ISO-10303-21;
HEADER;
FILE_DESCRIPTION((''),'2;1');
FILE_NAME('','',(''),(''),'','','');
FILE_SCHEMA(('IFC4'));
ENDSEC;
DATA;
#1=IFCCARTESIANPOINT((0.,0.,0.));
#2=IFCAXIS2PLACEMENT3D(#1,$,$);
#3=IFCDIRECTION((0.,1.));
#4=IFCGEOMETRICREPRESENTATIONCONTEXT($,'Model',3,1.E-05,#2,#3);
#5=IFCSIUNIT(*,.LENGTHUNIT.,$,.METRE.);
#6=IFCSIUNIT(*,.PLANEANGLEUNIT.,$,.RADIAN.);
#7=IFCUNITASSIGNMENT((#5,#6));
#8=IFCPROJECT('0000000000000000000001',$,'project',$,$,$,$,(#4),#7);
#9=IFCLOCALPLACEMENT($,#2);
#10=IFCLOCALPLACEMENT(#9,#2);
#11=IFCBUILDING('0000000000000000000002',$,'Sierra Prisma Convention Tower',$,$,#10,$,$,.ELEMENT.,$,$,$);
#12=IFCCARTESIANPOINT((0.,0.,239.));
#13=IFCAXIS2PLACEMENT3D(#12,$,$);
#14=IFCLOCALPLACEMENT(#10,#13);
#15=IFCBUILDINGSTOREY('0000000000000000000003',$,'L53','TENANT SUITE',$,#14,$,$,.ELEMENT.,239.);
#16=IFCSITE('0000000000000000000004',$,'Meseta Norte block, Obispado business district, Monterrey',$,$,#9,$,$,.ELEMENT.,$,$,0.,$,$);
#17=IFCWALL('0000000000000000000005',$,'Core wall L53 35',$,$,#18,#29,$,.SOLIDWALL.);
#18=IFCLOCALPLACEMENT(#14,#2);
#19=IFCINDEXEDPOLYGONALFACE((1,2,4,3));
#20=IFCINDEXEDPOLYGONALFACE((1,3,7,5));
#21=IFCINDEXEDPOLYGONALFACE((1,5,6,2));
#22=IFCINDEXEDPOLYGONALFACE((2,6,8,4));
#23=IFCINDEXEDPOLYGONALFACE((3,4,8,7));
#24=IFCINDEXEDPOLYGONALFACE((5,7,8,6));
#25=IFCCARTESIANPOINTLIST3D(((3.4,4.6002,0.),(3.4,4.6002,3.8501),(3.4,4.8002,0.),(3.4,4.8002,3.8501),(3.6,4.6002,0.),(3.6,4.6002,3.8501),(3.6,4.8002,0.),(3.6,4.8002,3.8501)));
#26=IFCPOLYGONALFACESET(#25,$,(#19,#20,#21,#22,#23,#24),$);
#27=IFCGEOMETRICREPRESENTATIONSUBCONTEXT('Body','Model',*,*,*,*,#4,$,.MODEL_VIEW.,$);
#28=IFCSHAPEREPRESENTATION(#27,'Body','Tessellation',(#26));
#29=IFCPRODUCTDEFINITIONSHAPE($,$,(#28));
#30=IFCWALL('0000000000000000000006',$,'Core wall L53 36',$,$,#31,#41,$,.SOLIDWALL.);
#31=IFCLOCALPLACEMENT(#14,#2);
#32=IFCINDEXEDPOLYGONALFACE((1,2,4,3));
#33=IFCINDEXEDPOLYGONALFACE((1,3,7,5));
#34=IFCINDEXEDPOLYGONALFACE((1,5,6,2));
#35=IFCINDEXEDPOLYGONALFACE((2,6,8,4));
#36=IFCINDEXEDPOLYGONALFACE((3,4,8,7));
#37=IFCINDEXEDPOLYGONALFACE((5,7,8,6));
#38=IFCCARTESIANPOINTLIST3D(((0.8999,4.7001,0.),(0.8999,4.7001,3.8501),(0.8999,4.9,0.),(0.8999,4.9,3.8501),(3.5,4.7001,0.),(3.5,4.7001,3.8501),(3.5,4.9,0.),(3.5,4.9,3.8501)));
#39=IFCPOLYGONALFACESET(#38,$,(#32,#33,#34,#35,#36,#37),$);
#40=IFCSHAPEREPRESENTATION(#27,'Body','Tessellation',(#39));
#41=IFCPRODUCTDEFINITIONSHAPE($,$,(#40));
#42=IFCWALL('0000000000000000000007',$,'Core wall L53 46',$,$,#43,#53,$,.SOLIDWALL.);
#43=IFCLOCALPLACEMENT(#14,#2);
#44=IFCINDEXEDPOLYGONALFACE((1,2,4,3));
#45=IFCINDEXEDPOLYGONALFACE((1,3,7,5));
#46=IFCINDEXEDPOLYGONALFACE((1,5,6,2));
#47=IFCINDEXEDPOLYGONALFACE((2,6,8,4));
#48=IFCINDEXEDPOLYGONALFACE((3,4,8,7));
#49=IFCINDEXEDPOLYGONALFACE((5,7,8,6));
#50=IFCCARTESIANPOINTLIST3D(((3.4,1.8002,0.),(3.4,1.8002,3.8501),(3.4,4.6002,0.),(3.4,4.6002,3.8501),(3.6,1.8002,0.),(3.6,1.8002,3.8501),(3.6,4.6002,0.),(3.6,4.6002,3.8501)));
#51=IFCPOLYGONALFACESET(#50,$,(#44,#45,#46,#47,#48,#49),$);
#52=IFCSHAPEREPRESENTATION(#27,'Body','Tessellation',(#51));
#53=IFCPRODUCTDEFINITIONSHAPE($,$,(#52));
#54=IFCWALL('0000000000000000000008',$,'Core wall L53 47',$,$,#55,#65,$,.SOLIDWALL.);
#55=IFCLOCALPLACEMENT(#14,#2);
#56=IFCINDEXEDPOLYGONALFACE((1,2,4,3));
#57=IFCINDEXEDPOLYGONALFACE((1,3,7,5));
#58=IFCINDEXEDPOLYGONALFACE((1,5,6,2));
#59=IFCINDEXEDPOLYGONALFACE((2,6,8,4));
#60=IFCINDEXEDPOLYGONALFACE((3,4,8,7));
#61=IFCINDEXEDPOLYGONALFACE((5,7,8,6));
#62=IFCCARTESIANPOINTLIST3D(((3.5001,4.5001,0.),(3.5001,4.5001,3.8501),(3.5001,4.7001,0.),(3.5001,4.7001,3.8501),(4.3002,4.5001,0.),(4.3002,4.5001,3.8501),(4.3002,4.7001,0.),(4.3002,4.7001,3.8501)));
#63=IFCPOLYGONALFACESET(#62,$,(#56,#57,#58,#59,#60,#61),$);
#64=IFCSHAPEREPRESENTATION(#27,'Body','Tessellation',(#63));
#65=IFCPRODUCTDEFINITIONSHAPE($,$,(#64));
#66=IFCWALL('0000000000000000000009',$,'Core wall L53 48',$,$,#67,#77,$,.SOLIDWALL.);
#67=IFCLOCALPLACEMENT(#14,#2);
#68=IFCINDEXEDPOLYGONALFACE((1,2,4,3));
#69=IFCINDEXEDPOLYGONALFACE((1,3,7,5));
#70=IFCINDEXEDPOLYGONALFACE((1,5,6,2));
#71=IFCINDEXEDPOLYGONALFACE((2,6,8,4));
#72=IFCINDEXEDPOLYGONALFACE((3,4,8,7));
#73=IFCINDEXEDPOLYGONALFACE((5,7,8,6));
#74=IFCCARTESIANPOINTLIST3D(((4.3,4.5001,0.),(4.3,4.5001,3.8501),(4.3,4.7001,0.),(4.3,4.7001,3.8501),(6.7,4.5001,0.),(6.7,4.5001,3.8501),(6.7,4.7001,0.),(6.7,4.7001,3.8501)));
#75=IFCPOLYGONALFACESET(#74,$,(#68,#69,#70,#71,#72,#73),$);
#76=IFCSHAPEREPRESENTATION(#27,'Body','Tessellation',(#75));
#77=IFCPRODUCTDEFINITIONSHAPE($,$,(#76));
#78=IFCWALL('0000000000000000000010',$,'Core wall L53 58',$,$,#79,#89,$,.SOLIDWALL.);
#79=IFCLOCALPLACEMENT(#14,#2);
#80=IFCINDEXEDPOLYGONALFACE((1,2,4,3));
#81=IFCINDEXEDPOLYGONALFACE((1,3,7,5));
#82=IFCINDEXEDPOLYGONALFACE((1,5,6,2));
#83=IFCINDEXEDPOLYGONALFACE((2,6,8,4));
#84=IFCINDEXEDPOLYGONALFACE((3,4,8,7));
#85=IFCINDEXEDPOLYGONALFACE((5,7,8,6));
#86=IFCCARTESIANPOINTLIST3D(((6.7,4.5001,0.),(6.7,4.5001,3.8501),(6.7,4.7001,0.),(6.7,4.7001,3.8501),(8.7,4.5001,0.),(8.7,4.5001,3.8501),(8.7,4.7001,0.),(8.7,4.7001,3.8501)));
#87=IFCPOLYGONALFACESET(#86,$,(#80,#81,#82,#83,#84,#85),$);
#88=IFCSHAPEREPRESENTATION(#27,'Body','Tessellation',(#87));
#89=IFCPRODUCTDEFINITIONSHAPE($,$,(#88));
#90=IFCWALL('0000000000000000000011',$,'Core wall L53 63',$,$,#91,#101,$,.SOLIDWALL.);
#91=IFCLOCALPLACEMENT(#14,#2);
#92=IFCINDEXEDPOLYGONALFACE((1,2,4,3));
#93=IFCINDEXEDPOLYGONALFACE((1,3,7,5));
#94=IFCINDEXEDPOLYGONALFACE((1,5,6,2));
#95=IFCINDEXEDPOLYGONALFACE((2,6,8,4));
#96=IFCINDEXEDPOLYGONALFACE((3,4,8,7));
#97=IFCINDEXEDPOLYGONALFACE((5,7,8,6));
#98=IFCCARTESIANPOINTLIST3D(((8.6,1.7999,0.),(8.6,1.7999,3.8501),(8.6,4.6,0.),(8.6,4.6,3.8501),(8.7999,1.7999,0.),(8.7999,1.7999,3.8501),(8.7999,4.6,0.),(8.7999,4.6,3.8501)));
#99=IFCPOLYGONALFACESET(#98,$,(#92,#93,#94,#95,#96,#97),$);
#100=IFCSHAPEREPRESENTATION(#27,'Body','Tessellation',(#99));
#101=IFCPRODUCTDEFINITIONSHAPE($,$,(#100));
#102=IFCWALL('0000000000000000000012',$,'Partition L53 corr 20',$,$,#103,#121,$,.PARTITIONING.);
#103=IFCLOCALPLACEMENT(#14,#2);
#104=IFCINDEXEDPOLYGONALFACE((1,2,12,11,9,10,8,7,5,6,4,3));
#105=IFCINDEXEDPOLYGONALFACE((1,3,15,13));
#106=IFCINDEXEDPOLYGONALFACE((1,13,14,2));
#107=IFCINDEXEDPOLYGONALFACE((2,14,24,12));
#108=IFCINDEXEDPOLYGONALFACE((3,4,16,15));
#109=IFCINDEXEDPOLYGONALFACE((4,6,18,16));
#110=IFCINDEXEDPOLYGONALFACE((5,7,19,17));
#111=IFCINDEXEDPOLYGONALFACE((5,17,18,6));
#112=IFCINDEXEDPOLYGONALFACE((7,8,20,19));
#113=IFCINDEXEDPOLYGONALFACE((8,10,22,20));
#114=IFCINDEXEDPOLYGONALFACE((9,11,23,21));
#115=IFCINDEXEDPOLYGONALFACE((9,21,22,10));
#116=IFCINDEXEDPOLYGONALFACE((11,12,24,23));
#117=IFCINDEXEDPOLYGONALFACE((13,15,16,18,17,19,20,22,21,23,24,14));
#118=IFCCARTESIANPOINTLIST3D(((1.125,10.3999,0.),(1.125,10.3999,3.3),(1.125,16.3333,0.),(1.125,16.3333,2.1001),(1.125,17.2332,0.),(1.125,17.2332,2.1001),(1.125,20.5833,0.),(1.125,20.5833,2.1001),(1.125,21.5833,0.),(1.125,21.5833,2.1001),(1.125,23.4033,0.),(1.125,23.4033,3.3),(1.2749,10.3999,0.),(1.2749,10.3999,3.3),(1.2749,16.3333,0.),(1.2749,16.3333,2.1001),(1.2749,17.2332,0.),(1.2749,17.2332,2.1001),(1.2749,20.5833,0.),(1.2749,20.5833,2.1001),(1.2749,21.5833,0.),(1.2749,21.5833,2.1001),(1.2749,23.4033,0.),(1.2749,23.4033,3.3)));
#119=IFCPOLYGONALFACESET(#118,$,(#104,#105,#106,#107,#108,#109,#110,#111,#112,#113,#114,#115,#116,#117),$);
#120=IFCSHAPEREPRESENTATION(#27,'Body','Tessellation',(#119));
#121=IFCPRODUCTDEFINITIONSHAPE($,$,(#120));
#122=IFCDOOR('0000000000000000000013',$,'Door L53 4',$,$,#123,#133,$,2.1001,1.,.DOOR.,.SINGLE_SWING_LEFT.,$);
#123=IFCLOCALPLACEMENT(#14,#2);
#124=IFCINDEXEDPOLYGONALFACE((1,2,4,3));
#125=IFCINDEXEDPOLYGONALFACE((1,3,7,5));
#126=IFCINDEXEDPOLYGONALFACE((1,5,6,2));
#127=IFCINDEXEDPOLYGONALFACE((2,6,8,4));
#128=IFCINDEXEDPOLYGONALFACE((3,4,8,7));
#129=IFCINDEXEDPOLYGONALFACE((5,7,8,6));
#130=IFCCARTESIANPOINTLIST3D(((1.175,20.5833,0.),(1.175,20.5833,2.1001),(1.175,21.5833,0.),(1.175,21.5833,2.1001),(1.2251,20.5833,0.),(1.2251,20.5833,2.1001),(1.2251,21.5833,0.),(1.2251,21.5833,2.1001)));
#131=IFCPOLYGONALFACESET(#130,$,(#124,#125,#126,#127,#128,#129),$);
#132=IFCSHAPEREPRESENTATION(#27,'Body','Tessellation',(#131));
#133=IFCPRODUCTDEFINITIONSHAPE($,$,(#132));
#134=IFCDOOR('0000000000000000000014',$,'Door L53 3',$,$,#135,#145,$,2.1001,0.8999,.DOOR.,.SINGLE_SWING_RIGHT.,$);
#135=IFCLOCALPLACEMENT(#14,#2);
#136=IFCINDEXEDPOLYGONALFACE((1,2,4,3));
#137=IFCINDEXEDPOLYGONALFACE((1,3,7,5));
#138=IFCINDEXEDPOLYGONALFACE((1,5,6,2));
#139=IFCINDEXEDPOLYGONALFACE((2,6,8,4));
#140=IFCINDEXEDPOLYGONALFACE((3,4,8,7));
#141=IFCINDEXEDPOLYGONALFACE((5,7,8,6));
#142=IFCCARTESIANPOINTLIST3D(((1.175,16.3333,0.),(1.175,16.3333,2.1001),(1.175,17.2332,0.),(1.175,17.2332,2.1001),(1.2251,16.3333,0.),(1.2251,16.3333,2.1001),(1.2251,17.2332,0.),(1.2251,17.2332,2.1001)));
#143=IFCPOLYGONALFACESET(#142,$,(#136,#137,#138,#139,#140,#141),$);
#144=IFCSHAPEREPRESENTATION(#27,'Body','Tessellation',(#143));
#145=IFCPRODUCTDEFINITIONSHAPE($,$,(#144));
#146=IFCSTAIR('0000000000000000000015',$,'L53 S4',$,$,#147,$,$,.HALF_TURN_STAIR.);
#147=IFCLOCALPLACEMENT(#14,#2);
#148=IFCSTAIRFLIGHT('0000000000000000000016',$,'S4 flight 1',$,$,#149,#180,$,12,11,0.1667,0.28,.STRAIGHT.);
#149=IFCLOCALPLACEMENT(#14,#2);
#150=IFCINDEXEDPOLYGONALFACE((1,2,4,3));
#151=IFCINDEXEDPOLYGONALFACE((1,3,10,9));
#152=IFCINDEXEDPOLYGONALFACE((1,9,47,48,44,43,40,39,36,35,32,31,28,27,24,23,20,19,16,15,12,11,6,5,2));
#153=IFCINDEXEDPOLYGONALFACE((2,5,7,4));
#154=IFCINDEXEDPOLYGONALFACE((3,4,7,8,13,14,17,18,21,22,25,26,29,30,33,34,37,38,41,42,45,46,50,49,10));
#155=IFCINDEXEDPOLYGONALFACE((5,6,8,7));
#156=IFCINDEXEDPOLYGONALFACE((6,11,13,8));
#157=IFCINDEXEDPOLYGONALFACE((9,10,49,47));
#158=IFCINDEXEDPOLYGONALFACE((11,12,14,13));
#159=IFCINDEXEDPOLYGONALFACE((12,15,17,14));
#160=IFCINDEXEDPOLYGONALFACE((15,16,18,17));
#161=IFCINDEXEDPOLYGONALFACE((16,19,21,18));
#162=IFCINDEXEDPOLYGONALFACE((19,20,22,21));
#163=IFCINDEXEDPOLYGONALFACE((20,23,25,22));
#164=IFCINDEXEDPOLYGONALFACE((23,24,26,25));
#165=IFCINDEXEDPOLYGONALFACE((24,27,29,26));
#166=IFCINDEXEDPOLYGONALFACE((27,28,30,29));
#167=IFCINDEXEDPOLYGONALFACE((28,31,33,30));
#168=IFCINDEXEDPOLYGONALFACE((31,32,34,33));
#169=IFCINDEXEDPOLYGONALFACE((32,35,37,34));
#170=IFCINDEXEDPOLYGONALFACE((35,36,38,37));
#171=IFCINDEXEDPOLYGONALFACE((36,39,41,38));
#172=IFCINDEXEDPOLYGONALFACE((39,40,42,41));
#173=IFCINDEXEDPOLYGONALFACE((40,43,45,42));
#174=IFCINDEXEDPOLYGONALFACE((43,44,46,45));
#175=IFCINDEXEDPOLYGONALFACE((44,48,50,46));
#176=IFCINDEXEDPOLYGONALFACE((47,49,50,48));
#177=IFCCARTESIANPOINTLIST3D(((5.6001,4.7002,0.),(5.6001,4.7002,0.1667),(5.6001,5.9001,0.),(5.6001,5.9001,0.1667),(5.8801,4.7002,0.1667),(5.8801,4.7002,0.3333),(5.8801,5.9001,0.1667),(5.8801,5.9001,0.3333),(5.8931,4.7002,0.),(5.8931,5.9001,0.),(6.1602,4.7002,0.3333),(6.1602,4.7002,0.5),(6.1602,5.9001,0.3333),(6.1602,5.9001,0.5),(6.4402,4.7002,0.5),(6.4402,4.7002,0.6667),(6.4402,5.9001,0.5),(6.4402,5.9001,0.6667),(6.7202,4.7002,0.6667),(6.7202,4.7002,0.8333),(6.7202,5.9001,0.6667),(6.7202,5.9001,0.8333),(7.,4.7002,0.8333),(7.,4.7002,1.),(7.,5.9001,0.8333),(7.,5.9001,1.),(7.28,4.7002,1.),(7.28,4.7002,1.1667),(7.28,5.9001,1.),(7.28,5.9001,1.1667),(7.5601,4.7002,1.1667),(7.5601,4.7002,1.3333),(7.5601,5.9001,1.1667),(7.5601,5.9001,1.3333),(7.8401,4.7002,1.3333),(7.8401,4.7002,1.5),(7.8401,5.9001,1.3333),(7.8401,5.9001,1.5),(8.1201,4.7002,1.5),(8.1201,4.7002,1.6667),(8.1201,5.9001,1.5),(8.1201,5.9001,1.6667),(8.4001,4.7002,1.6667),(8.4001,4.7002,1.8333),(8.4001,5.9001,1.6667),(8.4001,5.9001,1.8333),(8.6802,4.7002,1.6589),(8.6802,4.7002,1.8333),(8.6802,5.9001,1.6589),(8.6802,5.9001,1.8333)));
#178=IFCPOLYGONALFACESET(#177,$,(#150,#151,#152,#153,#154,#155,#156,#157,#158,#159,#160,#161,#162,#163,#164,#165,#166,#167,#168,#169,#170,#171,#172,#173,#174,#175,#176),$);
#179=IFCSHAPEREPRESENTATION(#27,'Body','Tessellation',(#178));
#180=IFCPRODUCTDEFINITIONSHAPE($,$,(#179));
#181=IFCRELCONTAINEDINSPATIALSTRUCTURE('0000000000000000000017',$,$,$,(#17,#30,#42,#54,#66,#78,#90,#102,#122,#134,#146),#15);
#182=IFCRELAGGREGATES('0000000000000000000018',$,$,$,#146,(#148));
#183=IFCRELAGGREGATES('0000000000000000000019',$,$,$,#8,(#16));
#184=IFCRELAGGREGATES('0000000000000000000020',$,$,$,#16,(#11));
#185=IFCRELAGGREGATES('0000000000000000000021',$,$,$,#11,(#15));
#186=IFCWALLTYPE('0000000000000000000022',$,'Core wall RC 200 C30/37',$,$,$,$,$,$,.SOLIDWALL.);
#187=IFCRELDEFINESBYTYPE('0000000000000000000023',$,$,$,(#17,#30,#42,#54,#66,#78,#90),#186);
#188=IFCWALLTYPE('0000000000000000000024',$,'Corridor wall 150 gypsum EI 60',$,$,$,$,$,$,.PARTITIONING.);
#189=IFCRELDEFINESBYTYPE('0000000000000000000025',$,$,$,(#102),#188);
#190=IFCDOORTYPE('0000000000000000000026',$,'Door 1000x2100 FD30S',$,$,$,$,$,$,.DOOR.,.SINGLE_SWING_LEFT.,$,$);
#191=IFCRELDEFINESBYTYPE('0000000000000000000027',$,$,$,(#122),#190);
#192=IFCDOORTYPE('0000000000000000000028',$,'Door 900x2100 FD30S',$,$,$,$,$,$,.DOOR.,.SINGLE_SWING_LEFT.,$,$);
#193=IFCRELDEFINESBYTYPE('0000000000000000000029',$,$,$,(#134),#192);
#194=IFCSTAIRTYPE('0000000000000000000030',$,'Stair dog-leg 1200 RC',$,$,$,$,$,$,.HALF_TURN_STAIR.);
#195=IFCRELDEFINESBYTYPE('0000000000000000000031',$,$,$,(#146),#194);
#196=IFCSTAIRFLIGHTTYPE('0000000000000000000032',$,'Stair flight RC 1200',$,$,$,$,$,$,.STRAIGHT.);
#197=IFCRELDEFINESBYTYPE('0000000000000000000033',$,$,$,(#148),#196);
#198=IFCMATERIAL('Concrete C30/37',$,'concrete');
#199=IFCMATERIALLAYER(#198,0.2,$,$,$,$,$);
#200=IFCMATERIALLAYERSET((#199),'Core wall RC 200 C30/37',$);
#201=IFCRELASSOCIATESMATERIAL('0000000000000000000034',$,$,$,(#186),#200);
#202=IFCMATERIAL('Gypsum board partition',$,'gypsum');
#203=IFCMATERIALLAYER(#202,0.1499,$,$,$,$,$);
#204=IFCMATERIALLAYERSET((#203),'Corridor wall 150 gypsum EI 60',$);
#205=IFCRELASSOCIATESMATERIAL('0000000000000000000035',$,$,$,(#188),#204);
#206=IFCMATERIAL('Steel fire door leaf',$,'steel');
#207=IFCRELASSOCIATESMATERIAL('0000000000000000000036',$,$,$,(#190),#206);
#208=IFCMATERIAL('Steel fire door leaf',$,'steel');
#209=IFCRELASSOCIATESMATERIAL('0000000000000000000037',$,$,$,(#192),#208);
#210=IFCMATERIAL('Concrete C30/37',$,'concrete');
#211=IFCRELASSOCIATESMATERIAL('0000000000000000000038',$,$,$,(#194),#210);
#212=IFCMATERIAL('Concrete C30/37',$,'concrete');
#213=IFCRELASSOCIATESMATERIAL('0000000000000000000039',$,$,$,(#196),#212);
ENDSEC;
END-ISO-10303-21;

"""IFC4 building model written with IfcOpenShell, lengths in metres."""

from ifc_helpers import new_model, si_unit, direction, frame, frame_2d, origin, place, context, subcontext, project, spatial, polyline, rectangle, outline, extrude, material, layer, layer_set, type_object, element, fill, aggregate, save


model = new_model("IFC4")

# Units and contexts
model_context = context("Model", 3, precision=1e-05, world=origin(), true_north=direction((0.0, 1.0)))
body_context = subcontext(model_context, "Body", "Model", "MODEL_VIEW")
ifc_project = project(units=[si_unit("LENGTHUNIT", "METRE"), si_unit("PLANEANGLEUNIT", "RADIAN")], contexts=[model_context])

# Site, building, storey
site_placement = place(None, origin())
site = spatial("IfcSite", under=ifc_project, at=site_placement, Name="Meseta Norte block, Obispado business district, Monterrey", CompositionType="ELEMENT", RefElevation=0.0)
building_placement = place(site_placement, origin())
building = spatial("IfcBuilding", under=site, at=building_placement, Name="Sierra Prisma Convention Tower", CompositionType="ELEMENT")
storey_placement = place(building_placement, frame((0.0, 0.0, 239.0)))
storey = spatial("IfcBuildingStorey", under=building, at=storey_placement, Name="L53", Description="TENANT SUITE", CompositionType="ELEMENT", Elevation=239.0)

# Walls
ifc_material_1 = material(Name="Concrete C30/37", Category="concrete")
ifc_layer_1 = layer(ifc_material_1, 0.2)
ifc_layer_set_1 = layer_set([ifc_layer_1], Name="Core wall RC 200 C30/37")
wall_type_1 = type_object("IfcWallType", Name="Core wall RC 200 C30/37", PredefinedType="SOLIDWALL", material=ifc_layer_set_1)
wall_1_placement = place(storey_placement, frame((3.5, 4.6001, 0.0), z_axis=(0.0, 0.0, 1.0), x_axis=(0.0, 1.0, 0.0)))
element("IfcWall", 1, at=wall_1_placement, inside=storey, type_object=wall_type_1, Name="Core wall L53 35", PredefinedType="SOLIDWALL", context=body_context, shape_type="SweptSolid", body=[
    extrude(rectangle(XDim=0.2, YDim=0.2, at=frame_2d((0.1001, 0.0))), origin(), (0.0, 0.0, 1.0), 3.8501),
])
wall_2_placement = place(storey_placement, frame((3.5, 4.8, 0.0), z_axis=(0.0, 0.0, 1.0), x_axis=(-1.0, 0.0, 0.0)))
element("IfcWall", 2, at=wall_2_placement, inside=storey, type_object=wall_type_1, Name="Core wall L53 36", PredefinedType="SOLIDWALL", context=body_context, shape_type="SweptSolid", body=[
    extrude(rectangle(XDim=2.6001, YDim=0.2, at=frame_2d((1.3, 0.0))), origin(), (0.0, 0.0, 1.0), 3.8501),
])

# Walls
wall_3_placement = place(storey_placement, frame((3.5, 4.6001, 0.0), z_axis=(0.0, 0.0, 1.0), x_axis=(0.0, -1.0, 0.0)))
element("IfcWall", 3, at=wall_3_placement, inside=storey, type_object=wall_type_1, Name="Core wall L53 46", PredefinedType="SOLIDWALL", context=body_context, shape_type="SweptSolid", body=[
    extrude(rectangle(XDim=2.8, YDim=0.2, at=frame_2d((1.3999, 0.0))), origin(), (0.0, 0.0, 1.0), 3.8501),
])
wall_4_placement = place(storey_placement, frame((4.3, 4.6001, 0.0), z_axis=(0.0, 0.0, 1.0), x_axis=(-1.0, 0.0, 0.0)))
element("IfcWall", 4, at=wall_4_placement, inside=storey, type_object=wall_type_1, Name="Core wall L53 47", PredefinedType="SOLIDWALL", context=body_context, shape_type="SweptSolid", body=[
    extrude(rectangle(XDim=0.8, YDim=0.2, at=frame_2d((0.3999, 0.0))), origin(), (0.0, 0.0, 1.0), 3.8501),
])
wall_5_placement = place(storey_placement, frame((6.7, 4.6001, 0.0), z_axis=(0.0, 0.0, 1.0), x_axis=(-1.0, 0.0, 0.0)))
element("IfcWall", 5, at=wall_5_placement, inside=storey, type_object=wall_type_1, Name="Core wall L53 48", PredefinedType="SOLIDWALL", context=body_context, shape_type="SweptSolid", body=[
    extrude(rectangle(XDim=2.3999, YDim=0.2, at=frame_2d((1.2, 0.0))), origin(), (0.0, 0.0, 1.0), 3.8501),
])

# Wall
wall_6_placement = place(storey_placement, frame((8.7, 4.6001, 0.0), z_axis=(0.0, 0.0, 1.0), x_axis=(-1.0, 0.0, 0.0)))
element("IfcWall", 6, at=wall_6_placement, inside=storey, type_object=wall_type_1, Name="Core wall L53 58", PredefinedType="SOLIDWALL", context=body_context, shape_type="SweptSolid", body=[
    extrude(rectangle(XDim=2.0, YDim=0.2, at=frame_2d((1.0, 0.0))), origin(), (0.0, 0.0, 1.0), 3.8501),
])

# Wall
wall_7_placement = place(storey_placement, frame((8.7, 1.8, 0.0), z_axis=(0.0, 0.0, 1.0), x_axis=(0.0, 1.0, 0.0)))
element("IfcWall", 7, at=wall_7_placement, inside=storey, type_object=wall_type_1, Name="Core wall L53 63", PredefinedType="SOLIDWALL", context=body_context, shape_type="SweptSolid", body=[
    extrude(rectangle(XDim=2.8, YDim=0.2, at=frame_2d((1.3999, 0.0))), origin(), (0.0, 0.0, 1.0), 3.8501),
])

# Wall, openings, doors
ifc_material_2 = material(Name="Gypsum board partition", Category="gypsum")
ifc_layer_2 = layer(ifc_material_2, 0.1499)
ifc_layer_set_2 = layer_set([ifc_layer_2], Name="Corridor wall 150 gypsum EI 60")
wall_type_2 = type_object("IfcWallType", Name="Corridor wall 150 gypsum EI 60", PredefinedType="PARTITIONING", material=ifc_layer_set_2)
wall_8_placement = place(storey_placement, frame((1.2, 10.3999, 0.0), z_axis=(0.0, 0.0, 1.0), x_axis=(0.0, 1.0, 0.0)))
wall_8 = element("IfcWall", 8, at=wall_8_placement, inside=storey, type_object=wall_type_2, Name="Partition L53 corr 20", PredefinedType="PARTITIONING", context=body_context, shape_type="SweptSolid", body=[
    extrude(rectangle(XDim=13.0034, YDim=0.1499, at=frame_2d((6.5017, 0.0))), origin(), (0.0, 0.0, 1.0), 3.3),
])
opening_1_placement = place(wall_8_placement, frame((5.9333, 0.0, 0.0)))
opening_1 = element("IfcOpeningElement", 9, at=opening_1_placement, cuts=wall_8, PredefinedType="OPENING", context=body_context, shape_type="SweptSolid", body=[
    extrude(rectangle(XDim=0.8999, YDim=2.1001, at=frame_2d((0.45, 1.05))), frame((0.0, 0.075, 0.0), z_axis=(0.0, -1.0, 0.0), x_axis=(1.0, 0.0, 0.0)), (0.0, 0.0, 1.0), 0.1499),
])
opening_2_placement = place(wall_8_placement, frame((10.1833, 0.0, 0.0)))
opening_2 = element("IfcOpeningElement", 10, at=opening_2_placement, cuts=wall_8, PredefinedType="OPENING", context=body_context, shape_type="SweptSolid", body=[
    extrude(rectangle(XDim=1.0, YDim=2.1001, at=frame_2d((0.5, 1.05))), frame((0.0, 0.075, 0.0), z_axis=(0.0, -1.0, 0.0), x_axis=(1.0, 0.0, 0.0)), (0.0, 0.0, 1.0), 0.1499),
])
ifc_material_3 = material(Name="Steel fire door leaf", Category="steel")
door_type_1 = type_object("IfcDoorType", Name="Door 1000x2100 FD30S", OperationType="SINGLE_SWING_LEFT", PredefinedType="DOOR", material=ifc_material_3)
door_1_placement = place(opening_2_placement, origin())
door_1 = element("IfcDoor", 11, at=door_1_placement, inside=storey, type_object=door_type_1, Name="Door L53 4", OperationType="SINGLE_SWING_LEFT", OverallHeight=2.1001, OverallWidth=1.0, PredefinedType="DOOR", context=body_context, shape_type="SweptSolid", body=[
    extrude(rectangle(XDim=1.0, YDim=2.1001, at=frame_2d((0.5, 1.05))), frame((0.0, 0.0249, 0.0), z_axis=(0.0, -1.0, 0.0), x_axis=(1.0, 0.0, 0.0)), (0.0, 0.0, 1.0), 0.05),
])
fill(opening_2, door_1)
ifc_material_4 = material(Name="Steel fire door leaf", Category="steel")
door_type_2 = type_object("IfcDoorType", Name="Door 900x2100 FD30S", OperationType="SINGLE_SWING_LEFT", PredefinedType="DOOR", material=ifc_material_4)
door_2_placement = place(opening_1_placement, origin())
door_2 = element("IfcDoor", 12, at=door_2_placement, inside=storey, type_object=door_type_2, Name="Door L53 3", OperationType="SINGLE_SWING_RIGHT", OverallHeight=2.1001, OverallWidth=0.8999, PredefinedType="DOOR", context=body_context, shape_type="SweptSolid", body=[
    extrude(rectangle(XDim=0.8999, YDim=2.1001, at=frame_2d((0.45, 1.05))), frame((0.0, 0.0249, 0.0), z_axis=(0.0, -1.0, 0.0), x_axis=(1.0, 0.0, 0.0)), (0.0, 0.0, 1.0), 0.05),
])
fill(opening_1, door_2)

# Stair, stair flight
ifc_material_5 = material(Name="Concrete C30/37", Category="concrete")
stair_type = type_object("IfcStairType", Name="Stair dog-leg 1200 RC", PredefinedType="HALF_TURN_STAIR", material=ifc_material_5)
stair_placement = place(storey_placement, origin())
stair = element("IfcStair", 13, at=stair_placement, inside=storey, type_object=stair_type, Name="L53 S4", PredefinedType="HALF_TURN_STAIR")
ifc_material_6 = material(Name="Concrete C30/37", Category="concrete")
stair_flight_type = type_object("IfcStairFlightType", Name="Stair flight RC 1200", PredefinedType="STRAIGHT", material=ifc_material_6)
stair_flight_1_placement = place(storey_placement, frame((5.6001, 5.3, 0.0), z_axis=(0.0, 0.0, 1.0), x_axis=(1.0, 0.0, 0.0)))
stair_flight_1 = element("IfcStairFlight", 14, at=stair_flight_1_placement, type_object=stair_flight_type, Name="S4 flight 1", NumberOfRisers=12, NumberOfTreads=11, PredefinedType="STRAIGHT", RiserHeight=0.1667, TreadLength=0.28, context=body_context, shape_type="SweptSolid", body=[
    extrude(outline(polyline([(0.0, 0.0), (0.0, 0.1667), (0.28, 0.1667), (0.28, 0.3333), (0.5601, 0.3333), (0.5601, 0.5), (0.8401, 0.5), (0.8401, 0.6667), (1.1201, 0.6667), (1.1201, 0.8333), (1.3999, 0.8333), (1.3999, 1.0), (1.6799, 1.0), (1.6799, 1.1667), (1.96, 1.1667), (1.96, 1.3333), (2.24, 1.3333), (2.24, 1.5), (2.52, 1.5), (2.52, 1.6667), (2.8, 1.6667), (2.8, 1.8333), (3.0801, 1.8333), (3.0801, 2.0), (3.0801, 1.6589), (0.293, 0.0), (0.0, 0.0)])), frame((0.0, 0.6001, 0.0), z_axis=(0.0, -1.0, 0.0), x_axis=(1.0, 0.0, 0.0)), (0.0, 0.0, 1.0), 1.2),
])
aggregate(stair, [stair_flight_1])

save(model, "model.ifc")
